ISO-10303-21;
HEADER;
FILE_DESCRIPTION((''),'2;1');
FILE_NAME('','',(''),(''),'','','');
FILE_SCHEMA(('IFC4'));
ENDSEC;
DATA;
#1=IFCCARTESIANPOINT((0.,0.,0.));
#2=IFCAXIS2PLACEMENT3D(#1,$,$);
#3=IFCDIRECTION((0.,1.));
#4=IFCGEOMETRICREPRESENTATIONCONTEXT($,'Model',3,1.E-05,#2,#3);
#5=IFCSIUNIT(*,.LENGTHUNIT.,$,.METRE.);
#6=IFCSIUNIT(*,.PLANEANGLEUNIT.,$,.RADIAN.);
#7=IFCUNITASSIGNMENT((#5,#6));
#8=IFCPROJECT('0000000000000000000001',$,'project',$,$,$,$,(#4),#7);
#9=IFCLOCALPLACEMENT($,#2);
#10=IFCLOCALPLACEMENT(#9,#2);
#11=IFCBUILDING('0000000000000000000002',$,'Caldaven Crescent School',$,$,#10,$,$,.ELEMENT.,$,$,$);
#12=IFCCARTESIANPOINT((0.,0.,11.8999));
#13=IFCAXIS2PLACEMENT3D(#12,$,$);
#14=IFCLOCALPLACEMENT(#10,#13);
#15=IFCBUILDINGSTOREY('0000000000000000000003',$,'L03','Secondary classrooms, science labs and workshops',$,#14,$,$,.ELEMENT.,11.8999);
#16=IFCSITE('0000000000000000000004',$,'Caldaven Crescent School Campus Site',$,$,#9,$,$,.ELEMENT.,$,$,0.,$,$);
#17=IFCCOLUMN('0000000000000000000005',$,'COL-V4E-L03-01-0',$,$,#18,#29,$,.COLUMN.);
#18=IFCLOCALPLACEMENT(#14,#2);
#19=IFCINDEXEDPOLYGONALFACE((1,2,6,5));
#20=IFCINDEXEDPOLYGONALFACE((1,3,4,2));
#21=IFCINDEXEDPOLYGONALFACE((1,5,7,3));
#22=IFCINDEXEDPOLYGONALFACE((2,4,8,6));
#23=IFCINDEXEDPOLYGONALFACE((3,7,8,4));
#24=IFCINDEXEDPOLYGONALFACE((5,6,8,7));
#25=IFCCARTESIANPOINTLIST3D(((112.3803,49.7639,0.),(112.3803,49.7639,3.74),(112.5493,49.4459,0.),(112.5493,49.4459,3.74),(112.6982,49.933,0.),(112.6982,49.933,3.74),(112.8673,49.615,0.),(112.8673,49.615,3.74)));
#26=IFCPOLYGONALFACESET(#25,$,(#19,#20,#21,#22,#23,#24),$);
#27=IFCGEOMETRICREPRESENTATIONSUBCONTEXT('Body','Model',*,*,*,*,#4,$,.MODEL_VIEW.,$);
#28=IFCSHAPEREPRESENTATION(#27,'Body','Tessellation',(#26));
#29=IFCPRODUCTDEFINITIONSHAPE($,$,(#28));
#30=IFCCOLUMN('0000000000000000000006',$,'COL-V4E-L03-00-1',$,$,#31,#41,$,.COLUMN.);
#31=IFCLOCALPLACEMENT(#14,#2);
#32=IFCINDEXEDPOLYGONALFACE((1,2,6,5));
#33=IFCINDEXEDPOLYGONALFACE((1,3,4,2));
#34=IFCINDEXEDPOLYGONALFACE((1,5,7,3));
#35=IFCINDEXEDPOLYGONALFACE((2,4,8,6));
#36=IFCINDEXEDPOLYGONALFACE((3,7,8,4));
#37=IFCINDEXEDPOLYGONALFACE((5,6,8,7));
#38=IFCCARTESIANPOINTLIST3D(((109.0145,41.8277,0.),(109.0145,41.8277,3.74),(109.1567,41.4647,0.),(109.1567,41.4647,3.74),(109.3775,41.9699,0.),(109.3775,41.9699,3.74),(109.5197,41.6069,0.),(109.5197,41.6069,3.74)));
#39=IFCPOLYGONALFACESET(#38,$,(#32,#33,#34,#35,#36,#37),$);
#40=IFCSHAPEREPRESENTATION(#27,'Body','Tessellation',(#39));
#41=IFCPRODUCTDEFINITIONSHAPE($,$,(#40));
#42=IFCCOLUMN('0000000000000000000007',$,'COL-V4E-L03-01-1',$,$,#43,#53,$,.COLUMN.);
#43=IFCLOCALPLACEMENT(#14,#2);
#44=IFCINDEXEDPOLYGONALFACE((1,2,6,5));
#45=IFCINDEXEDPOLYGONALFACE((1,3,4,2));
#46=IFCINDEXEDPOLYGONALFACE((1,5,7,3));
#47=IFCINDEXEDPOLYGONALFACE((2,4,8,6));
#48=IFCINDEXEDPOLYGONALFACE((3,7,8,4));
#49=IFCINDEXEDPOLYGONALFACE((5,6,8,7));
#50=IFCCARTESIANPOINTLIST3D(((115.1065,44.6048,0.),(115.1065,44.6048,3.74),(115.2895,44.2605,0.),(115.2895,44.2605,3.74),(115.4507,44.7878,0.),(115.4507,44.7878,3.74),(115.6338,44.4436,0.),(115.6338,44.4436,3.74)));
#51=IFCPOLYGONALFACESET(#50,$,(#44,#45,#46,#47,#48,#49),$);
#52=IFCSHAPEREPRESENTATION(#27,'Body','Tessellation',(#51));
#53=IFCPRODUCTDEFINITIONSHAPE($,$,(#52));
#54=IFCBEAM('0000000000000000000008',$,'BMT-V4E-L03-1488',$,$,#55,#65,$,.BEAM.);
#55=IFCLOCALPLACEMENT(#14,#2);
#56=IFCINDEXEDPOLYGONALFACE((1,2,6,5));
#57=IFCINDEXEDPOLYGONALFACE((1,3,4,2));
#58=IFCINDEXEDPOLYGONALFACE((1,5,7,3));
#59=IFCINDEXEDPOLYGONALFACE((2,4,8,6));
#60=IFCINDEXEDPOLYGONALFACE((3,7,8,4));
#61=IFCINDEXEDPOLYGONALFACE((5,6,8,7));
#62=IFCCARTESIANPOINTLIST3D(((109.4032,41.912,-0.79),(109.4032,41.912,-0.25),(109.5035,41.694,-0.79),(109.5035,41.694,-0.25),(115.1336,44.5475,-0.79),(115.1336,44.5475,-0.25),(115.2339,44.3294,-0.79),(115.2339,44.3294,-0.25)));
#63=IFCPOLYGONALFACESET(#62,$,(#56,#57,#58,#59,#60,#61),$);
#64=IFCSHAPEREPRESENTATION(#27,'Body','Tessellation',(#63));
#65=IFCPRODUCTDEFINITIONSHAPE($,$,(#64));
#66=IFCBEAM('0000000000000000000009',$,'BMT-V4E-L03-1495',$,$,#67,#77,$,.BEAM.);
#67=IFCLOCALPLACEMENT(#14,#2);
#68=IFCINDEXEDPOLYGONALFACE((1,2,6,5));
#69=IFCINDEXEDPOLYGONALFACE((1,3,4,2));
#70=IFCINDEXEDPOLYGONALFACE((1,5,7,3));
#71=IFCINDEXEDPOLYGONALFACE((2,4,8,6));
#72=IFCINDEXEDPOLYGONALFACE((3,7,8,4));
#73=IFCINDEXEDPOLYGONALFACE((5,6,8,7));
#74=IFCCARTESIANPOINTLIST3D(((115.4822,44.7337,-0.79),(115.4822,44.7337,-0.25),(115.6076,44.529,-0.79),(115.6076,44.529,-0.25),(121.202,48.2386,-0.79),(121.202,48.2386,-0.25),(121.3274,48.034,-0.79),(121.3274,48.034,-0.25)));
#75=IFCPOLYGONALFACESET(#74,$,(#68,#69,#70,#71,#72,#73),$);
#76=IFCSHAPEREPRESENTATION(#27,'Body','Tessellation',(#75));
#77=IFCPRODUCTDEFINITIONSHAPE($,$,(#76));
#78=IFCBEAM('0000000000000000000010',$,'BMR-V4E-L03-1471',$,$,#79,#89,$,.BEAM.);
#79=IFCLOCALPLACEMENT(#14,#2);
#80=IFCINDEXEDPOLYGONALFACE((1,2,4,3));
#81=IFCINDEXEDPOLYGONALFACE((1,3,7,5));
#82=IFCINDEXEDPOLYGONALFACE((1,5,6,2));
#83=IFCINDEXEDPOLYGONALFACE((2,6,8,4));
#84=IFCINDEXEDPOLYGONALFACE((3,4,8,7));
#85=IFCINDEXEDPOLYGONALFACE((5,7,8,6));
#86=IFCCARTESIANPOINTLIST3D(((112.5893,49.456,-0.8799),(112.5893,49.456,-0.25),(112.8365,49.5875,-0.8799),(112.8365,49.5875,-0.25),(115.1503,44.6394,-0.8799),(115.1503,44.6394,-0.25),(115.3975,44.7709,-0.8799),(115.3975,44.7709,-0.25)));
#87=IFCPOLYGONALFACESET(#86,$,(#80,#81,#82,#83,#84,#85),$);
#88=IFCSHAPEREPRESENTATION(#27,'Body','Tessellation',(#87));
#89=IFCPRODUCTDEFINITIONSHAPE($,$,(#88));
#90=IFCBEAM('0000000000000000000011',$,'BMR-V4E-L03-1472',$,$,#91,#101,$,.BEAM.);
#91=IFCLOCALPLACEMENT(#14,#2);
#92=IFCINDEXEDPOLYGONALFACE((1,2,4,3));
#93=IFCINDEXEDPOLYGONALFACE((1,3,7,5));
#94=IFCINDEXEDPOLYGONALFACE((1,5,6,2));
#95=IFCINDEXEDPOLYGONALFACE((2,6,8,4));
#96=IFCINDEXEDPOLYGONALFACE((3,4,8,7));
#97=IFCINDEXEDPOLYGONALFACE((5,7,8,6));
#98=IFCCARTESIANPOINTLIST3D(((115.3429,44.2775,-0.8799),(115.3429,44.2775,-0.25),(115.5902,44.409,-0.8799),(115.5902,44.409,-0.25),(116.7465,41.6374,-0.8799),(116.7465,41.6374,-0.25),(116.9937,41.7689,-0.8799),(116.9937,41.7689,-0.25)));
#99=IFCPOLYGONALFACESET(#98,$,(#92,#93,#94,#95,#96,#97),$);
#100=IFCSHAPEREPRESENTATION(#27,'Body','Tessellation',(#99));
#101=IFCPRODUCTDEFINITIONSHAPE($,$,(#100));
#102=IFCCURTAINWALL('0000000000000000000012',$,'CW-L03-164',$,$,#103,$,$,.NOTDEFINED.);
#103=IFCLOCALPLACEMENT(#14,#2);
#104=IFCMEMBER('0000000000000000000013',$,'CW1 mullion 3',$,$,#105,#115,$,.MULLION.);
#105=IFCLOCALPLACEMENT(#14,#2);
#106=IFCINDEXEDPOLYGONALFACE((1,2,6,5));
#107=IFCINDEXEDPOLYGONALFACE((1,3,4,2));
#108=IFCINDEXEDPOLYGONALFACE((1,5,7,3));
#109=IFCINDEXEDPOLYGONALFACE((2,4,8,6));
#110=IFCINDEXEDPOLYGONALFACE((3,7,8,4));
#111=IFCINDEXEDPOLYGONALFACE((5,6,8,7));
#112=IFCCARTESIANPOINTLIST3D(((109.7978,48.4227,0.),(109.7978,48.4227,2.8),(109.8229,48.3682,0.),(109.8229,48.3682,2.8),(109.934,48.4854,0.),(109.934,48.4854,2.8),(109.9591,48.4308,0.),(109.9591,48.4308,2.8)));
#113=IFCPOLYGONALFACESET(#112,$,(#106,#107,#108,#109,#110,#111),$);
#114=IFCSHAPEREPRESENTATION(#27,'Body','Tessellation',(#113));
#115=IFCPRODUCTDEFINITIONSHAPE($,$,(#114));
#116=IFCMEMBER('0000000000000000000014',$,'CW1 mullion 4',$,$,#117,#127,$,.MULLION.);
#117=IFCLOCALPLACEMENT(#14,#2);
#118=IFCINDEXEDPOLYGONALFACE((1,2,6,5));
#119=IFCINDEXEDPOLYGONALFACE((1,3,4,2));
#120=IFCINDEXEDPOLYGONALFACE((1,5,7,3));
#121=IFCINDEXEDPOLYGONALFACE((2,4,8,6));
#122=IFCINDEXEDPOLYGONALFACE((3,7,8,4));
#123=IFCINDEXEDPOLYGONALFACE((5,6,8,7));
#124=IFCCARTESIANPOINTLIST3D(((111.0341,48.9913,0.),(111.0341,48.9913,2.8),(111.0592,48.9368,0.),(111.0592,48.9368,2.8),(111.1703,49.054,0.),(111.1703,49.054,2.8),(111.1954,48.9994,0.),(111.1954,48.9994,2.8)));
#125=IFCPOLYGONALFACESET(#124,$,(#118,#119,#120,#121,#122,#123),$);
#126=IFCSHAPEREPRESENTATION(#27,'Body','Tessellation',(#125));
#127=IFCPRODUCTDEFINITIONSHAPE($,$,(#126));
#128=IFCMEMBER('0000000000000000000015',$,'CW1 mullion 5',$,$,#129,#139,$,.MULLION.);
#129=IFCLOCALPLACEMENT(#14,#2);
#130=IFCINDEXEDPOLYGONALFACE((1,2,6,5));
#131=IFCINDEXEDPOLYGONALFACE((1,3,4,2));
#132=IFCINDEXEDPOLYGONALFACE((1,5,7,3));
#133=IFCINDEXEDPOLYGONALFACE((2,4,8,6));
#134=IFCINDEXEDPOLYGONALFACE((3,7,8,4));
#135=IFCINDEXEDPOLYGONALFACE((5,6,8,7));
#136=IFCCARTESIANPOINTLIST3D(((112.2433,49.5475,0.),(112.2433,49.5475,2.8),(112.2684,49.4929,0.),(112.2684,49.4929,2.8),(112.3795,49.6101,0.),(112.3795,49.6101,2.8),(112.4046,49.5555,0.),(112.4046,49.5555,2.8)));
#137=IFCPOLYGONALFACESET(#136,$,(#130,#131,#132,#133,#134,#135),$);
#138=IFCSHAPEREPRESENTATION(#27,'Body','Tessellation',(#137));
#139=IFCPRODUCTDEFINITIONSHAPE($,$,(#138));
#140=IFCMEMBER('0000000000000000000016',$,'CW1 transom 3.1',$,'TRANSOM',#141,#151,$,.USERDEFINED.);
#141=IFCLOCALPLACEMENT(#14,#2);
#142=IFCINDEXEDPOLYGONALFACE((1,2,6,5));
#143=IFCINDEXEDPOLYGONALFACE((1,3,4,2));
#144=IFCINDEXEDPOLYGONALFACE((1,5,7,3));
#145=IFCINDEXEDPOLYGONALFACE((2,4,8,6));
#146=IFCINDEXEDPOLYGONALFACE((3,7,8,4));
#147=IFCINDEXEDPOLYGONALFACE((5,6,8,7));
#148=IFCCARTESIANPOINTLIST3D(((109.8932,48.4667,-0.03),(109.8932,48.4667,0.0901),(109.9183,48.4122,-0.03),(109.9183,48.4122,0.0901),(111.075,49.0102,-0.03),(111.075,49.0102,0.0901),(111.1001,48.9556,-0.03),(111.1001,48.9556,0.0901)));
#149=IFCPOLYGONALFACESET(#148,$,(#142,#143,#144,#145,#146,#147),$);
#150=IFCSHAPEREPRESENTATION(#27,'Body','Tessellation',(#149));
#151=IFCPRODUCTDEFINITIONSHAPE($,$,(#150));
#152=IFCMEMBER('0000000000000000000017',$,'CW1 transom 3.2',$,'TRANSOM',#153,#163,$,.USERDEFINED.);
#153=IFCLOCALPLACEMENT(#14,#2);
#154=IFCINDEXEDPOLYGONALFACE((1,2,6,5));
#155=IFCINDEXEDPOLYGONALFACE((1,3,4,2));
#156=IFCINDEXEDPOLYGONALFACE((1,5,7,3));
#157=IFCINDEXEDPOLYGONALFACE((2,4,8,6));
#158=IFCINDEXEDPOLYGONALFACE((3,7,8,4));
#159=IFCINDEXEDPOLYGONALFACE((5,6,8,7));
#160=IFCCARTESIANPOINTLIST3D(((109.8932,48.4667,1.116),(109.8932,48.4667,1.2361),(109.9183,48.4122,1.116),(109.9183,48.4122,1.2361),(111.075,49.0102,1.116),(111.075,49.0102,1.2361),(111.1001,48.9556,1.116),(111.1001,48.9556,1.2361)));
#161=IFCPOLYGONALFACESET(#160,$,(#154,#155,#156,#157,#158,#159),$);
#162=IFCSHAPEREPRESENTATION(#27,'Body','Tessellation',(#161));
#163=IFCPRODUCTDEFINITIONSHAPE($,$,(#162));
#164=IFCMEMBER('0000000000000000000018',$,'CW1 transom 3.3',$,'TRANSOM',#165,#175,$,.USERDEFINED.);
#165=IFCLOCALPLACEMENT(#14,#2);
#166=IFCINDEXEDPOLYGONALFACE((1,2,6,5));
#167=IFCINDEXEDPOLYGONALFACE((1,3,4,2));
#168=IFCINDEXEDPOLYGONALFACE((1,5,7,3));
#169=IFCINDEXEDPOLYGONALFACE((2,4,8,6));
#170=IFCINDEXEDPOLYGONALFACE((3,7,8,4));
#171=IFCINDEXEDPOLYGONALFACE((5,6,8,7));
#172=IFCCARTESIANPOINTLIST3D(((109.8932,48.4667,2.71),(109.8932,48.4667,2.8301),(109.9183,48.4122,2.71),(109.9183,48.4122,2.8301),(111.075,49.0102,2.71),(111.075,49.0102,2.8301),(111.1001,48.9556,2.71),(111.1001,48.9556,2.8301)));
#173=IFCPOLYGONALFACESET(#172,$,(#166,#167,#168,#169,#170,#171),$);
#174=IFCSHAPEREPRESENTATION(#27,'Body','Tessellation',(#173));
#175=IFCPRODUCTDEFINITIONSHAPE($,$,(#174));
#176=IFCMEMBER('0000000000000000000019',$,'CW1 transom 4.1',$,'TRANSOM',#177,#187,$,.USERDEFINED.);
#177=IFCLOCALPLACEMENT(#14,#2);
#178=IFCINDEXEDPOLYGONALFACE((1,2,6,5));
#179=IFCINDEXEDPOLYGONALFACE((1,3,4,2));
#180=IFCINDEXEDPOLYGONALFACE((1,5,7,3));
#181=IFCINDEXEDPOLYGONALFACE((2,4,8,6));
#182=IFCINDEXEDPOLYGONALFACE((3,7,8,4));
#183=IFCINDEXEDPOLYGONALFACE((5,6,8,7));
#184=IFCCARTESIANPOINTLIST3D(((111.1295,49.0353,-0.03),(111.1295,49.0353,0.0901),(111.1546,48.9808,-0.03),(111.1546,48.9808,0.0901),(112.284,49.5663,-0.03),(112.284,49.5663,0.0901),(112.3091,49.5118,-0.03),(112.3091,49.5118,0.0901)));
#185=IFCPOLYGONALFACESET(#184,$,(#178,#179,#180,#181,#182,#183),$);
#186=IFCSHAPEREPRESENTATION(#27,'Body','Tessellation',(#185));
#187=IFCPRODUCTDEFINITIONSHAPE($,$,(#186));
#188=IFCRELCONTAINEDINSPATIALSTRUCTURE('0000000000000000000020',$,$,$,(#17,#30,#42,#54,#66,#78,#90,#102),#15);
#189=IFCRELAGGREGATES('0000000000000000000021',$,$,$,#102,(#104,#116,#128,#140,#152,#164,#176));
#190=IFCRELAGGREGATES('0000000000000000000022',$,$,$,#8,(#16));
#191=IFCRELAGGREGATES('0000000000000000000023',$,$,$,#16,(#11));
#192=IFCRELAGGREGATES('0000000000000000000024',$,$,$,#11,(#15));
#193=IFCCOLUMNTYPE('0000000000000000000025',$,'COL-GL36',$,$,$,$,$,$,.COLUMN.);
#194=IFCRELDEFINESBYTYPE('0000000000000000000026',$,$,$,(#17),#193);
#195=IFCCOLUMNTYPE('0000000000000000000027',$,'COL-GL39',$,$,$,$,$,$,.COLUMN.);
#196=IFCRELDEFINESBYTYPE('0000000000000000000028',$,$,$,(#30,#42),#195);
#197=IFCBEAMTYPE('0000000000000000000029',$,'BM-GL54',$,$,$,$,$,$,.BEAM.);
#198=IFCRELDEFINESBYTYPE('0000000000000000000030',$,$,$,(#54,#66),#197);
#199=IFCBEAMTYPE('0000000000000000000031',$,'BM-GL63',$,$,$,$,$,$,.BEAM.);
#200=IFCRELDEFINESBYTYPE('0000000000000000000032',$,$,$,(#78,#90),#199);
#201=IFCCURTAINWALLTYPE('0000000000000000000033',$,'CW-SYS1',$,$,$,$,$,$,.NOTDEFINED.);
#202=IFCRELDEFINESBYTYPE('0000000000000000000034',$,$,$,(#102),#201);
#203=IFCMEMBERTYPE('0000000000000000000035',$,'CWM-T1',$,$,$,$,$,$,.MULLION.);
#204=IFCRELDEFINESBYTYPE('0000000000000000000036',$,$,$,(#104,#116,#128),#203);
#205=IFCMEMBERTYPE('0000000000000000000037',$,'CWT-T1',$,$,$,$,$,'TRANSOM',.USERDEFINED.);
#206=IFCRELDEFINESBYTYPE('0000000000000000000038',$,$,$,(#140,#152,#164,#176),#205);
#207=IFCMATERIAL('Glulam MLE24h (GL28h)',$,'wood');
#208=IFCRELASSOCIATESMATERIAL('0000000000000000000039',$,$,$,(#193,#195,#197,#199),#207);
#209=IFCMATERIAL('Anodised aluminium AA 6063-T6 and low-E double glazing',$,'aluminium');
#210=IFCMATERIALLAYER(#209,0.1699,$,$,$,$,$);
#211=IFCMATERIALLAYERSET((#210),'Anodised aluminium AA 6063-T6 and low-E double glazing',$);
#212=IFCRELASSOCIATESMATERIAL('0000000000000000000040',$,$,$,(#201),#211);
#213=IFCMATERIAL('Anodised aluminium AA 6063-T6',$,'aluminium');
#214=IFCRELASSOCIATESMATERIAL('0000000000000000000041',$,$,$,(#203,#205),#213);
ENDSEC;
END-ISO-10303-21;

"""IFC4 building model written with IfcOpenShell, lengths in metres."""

from ifc_helpers import new_model, si_unit, direction, frame, origin, origin_2d, place, context, subcontext, project, spatial, rectangle, extrude, material, layer, layer_set, material_profile, profile_set, type_object, element, aggregate, save


model = new_model("IFC4")

# Units and contexts
model_context = context("Model", 3, precision=1e-05, world=origin(), true_north=direction((0.0, 1.0)))
body_context = subcontext(model_context, "Body", "Model", "MODEL_VIEW")
ifc_project = project(units=[si_unit("LENGTHUNIT", "METRE"), si_unit("PLANEANGLEUNIT", "RADIAN")], contexts=[model_context])

# Site, building, storey
site_placement = place(None, origin())
site = spatial("IfcSite", under=ifc_project, at=site_placement, Name="Caldaven Crescent School Campus Site", CompositionType="ELEMENT", RefElevation=0.0)
building_placement = place(site_placement, origin())
building = spatial("IfcBuilding", under=site, at=building_placement, Name="Caldaven Crescent School", CompositionType="ELEMENT")
storey_placement = place(building_placement, frame((0.0, 0.0, 11.8999)))
storey = spatial("IfcBuildingStorey", under=building, at=storey_placement, Name="L03", Description="Secondary classrooms, science labs and workshops", CompositionType="ELEMENT", Elevation=11.8999)

# Columns
ifc_material_1 = material(Name="Glulam MLE24h (GL28h)", Category="wood")
ifc_material_profile_1 = material_profile(ifc_material_1, rectangle(XDim=0.3601, YDim=0.3601, at=origin_2d()), Name="MLE 360x360")
ifc_profile_set_1 = profile_set([ifc_material_profile_1], Name="Glulam MLE24h (GL28h)")
column_type_1 = type_object("IfcColumnType", Name="COL-GL36", PredefinedType="COLUMN", material=ifc_profile_set_1)
column_placement = place(storey_placement, frame((112.6238, 49.6895, 0.0), z_axis=(0.0, 0.0, 1.0), x_axis=(0.469472, -0.882948, 0.0)))
element("IfcColumn", 1, at=column_placement, inside=storey, type_object=column_type_1, Name="COL-V4E-L03-01-0", PredefinedType="COLUMN", context=body_context, shape_type="SweptSolid", body=[
    extrude(rectangle(XDim=0.3601, YDim=0.3601, at=origin_2d()), origin(), (0.0, 0.0, 1.0), 3.74),
])
ifc_material_profile_2 = material_profile(ifc_material_1, rectangle(XDim=0.3899, YDim=0.3899, at=origin_2d()), Name="MLE 390x390")
ifc_profile_set_2 = profile_set([ifc_material_profile_2], Name="Glulam MLE24h (GL28h)")
column_type_2 = type_object("IfcColumnType", Name="COL-GL39", PredefinedType="COLUMN", material=ifc_profile_set_2)
for number, where, z_axis, x_axis, name in (
    (2, (109.2671, 41.7173, 0.0), (0.0, 0.0, 1.0), (0.364714, -0.931119, 0.0), "COL-V4E-L03-00-1"),
    (3, (115.3701, 44.5242, 0.0), (0.0, 0.0, 1.0), (0.469472, -0.882948, 0.0), "COL-V4E-L03-01-1"),
):
    element("IfcColumn", number, at=place(storey_placement, frame(where, z_axis=z_axis, x_axis=x_axis)), inside=storey, type_object=column_type_2, Name=name, PredefinedType="COLUMN", context=body_context, shape_type="SweptSolid", body=[
        extrude(rectangle(XDim=0.3899, YDim=0.3899, at=origin_2d()), origin(), (0.0, 0.0, 1.0), 3.74),
    ])

# Beams
ifc_material_profile_3 = material_profile(ifc_material_1, rectangle(XDim=0.24, YDim=0.54, at=origin_2d()), Name="MLE 240x540")
ifc_profile_set_3 = profile_set([ifc_material_profile_3], Name="Glulam MLE24h (GL28h)")
beam_type_1 = type_object("IfcBeamType", Name="BM-GL54", PredefinedType="BEAM", material=ifc_profile_set_3)
beam_1_placement = place(storey_placement, frame((109.4534, 41.803, -0.52), z_axis=(0.908522, 0.417838, 0.0), x_axis=(-0.417838, 0.908522, 0.0)))
element("IfcBeam", 4, at=beam_1_placement, inside=storey, type_object=beam_type_1, Name="BMT-V4E-L03-1488", PredefinedType="BEAM", context=body_context, shape_type="SweptSolid", body=[
    extrude(rectangle(XDim=0.24, YDim=0.54, at=origin_2d()), origin(), (0.0, 0.0, 1.0), 6.3074),
])
beam_2_placement = place(storey_placement, frame((115.5449, 44.6313, -0.52), z_axis=(0.852651, 0.52248, 0.0), x_axis=(-0.52248, 0.852651, 0.0)))
element("IfcBeam", 5, at=beam_2_placement, inside=storey, type_object=beam_type_1, Name="BMT-V4E-L03-1495", PredefinedType="BEAM", context=body_context, shape_type="SweptSolid", body=[
    extrude(rectangle(XDim=0.24, YDim=0.54, at=origin_2d()), origin(), (0.0, 0.0, 1.0), 6.7083),
])
ifc_material_profile_4 = material_profile(ifc_material_1, rectangle(XDim=0.28, YDim=0.6299, at=origin_2d()), Name="MLE 280x630")
ifc_profile_set_4 = profile_set([ifc_material_profile_4], Name="Glulam MLE24h (GL28h)")
beam_type_2 = type_object("IfcBeamType", Name="BM-GL63", PredefinedType="BEAM", material=ifc_profile_set_4)
beam_3_placement = place(storey_placement, frame((112.7129, 49.5217, -0.5649), z_axis=(0.469468, -0.882949, 0.0), x_axis=(0.882949, 0.469468, 0.0)))
element("IfcBeam", 6, at=beam_3_placement, inside=storey, type_object=beam_type_2, Name="BMR-V4E-L03-1471", PredefinedType="BEAM", context=body_context, shape_type="SweptSolid", body=[
    extrude(rectangle(XDim=0.28, YDim=0.6299, at=origin_2d()), origin(), (0.0, 0.0, 1.0), 5.4551),
])
beam_4_placement = place(storey_placement, frame((115.4666, 44.3433, -0.5649), z_axis=(0.469414, -0.882978, 0.0), x_axis=(0.882978, 0.469414, 0.0)))
element("IfcBeam", 7, at=beam_4_placement, inside=storey, type_object=beam_type_2, Name="BMR-V4E-L03-1472", PredefinedType="BEAM", context=body_context, shape_type="SweptSolid", body=[
    extrude(rectangle(XDim=0.28, YDim=0.6299, at=origin_2d()), origin(), (0.0, 0.0, 1.0), 2.99),
])

# Curtain wall, members
ifc_material_2 = material(Name="Anodised aluminium AA 6063-T6 and low-E double glazing", Category="aluminium")
ifc_layer_1 = layer(ifc_material_2, 0.1699)
ifc_layer_set_1 = layer_set([ifc_layer_1], Name="Anodised aluminium AA 6063-T6 and low-E double glazing")
curtain_wall_type = type_object("IfcCurtainWallType", Name="CW-SYS1", PredefinedType="NOTDEFINED", material=ifc_layer_set_1)
curtain_wall_placement = place(storey_placement, origin())
curtain_wall = element("IfcCurtainWall", 8, at=curtain_wall_placement, inside=storey, type_object=curtain_wall_type, Name="CW-L03-164", PredefinedType="NOTDEFINED")
ifc_material_3 = material(Name="Anodised aluminium AA 6063-T6", Category="aluminium")
ifc_material_profile_5 = material_profile(ifc_material_3, rectangle(XDim=0.0601, YDim=0.1499, at=origin_2d()), Name="CWM 60x150")
ifc_profile_set_5 = profile_set([ifc_material_profile_5], Name="Anodised aluminium AA 6063-T6")
member_type_1 = type_object("IfcMemberType", Name="CWM-T1", PredefinedType="MULLION", material=ifc_profile_set_5)
member_1_placement = place(storey_placement, frame((109.8784, 48.4268, 0.0), z_axis=(0.0, 0.0, 1.0), x_axis=(-0.417824, 0.908528, 0.0)))
member_1 = element("IfcMember", 9, at=member_1_placement, type_object=member_type_1, Name="CW1 mullion 3", PredefinedType="MULLION", context=body_context, shape_type="SweptSolid", body=[
    extrude(rectangle(XDim=0.0601, YDim=0.1499, at=origin_2d()), origin(), (0.0, 0.0, 1.0), 2.8),
])
member_2_placement = place(storey_placement, frame((111.1147, 48.9954, 0.0), z_axis=(0.0, 0.0, 1.0), x_axis=(-0.417824, 0.908528, 0.0)))
member_2 = element("IfcMember", 10, at=member_2_placement, type_object=member_type_1, Name="CW1 mullion 4", PredefinedType="MULLION", context=body_context, shape_type="SweptSolid", body=[
    extrude(rectangle(XDim=0.0601, YDim=0.1499, at=origin_2d()), origin(), (0.0, 0.0, 1.0), 2.8),
])
member_3_placement = place(storey_placement, frame((112.324, 49.5515, 0.0), z_axis=(0.0, 0.0, 1.0), x_axis=(-0.417824, 0.908528, 0.0)))
member_3 = element("IfcMember", 11, at=member_3_placement, type_object=member_type_1, Name="CW1 mullion 5", PredefinedType="MULLION", context=body_context, shape_type="SweptSolid", body=[
    extrude(rectangle(XDim=0.0601, YDim=0.1499, at=origin_2d()), origin(), (0.0, 0.0, 1.0), 2.8),
])
ifc_material_profile_6 = material_profile(ifc_material_3, rectangle(XDim=0.0601, YDim=0.1201, at=origin_2d()), Name="CWT 60x120")
ifc_profile_set_6 = profile_set([ifc_material_profile_6], Name="Anodised aluminium AA 6063-T6")
member_type_2 = type_object("IfcMemberType", Name="CWT-T1", ElementType="TRANSOM", PredefinedType="USERDEFINED", material=ifc_profile_set_6)
member_4_placement = place(storey_placement, frame((109.9058, 48.4395, 0.03), z_axis=(0.908552, 0.417772, 0.0), x_axis=(-0.417772, 0.908552, 0.0)))
member_4 = element("IfcMember", 12, at=member_4_placement, type_object=member_type_2, Name="CW1 transom 3.1", ObjectType="TRANSOM", PredefinedType="USERDEFINED", context=body_context, shape_type="SweptSolid", body=[
    extrude(rectangle(XDim=0.0601, YDim=0.1201, at=origin_2d()), origin(), (0.0, 0.0, 1.0), 1.3008),
])
member_5_placement = place(storey_placement, frame((109.9058, 48.4395, 1.176), z_axis=(0.908552, 0.417772, 0.0), x_axis=(-0.417772, 0.908552, 0.0)))
member_5 = element("IfcMember", 13, at=member_5_placement, type_object=member_type_2, Name="CW1 transom 3.2", ObjectType="TRANSOM", PredefinedType="USERDEFINED", context=body_context, shape_type="SweptSolid", body=[
    extrude(rectangle(XDim=0.0601, YDim=0.1201, at=origin_2d()), origin(), (0.0, 0.0, 1.0), 1.3008),
])
member_6_placement = place(storey_placement, frame((109.9058, 48.4395, 2.77), z_axis=(0.908552, 0.417772, 0.0), x_axis=(-0.417772, 0.908552, 0.0)))
member_6 = element("IfcMember", 14, at=member_6_placement, type_object=member_type_2, Name="CW1 transom 3.3", ObjectType="TRANSOM", PredefinedType="USERDEFINED", context=body_context, shape_type="SweptSolid", body=[
    extrude(rectangle(XDim=0.0601, YDim=0.1201, at=origin_2d()), origin(), (0.0, 0.0, 1.0), 1.3008),
])
member_7_placement = place(storey_placement, frame((111.1421, 49.0081, 0.03), z_axis=(0.908515, 0.417852, 0.0), x_axis=(-0.417852, 0.908515, 0.0)))
member_7 = element("IfcMember", 15, at=member_7_placement, type_object=member_type_2, Name="CW1 transom 4.1", ObjectType="TRANSOM", PredefinedType="USERDEFINED", context=body_context, shape_type="SweptSolid", body=[
    extrude(rectangle(XDim=0.0601, YDim=0.1201, at=origin_2d()), origin(), (0.0, 0.0, 1.0), 1.2708),
])

aggregate(curtain_wall, [member_1, member_2, member_3, member_4, member_5, member_6, member_7])

save(model, "model.ifc")
